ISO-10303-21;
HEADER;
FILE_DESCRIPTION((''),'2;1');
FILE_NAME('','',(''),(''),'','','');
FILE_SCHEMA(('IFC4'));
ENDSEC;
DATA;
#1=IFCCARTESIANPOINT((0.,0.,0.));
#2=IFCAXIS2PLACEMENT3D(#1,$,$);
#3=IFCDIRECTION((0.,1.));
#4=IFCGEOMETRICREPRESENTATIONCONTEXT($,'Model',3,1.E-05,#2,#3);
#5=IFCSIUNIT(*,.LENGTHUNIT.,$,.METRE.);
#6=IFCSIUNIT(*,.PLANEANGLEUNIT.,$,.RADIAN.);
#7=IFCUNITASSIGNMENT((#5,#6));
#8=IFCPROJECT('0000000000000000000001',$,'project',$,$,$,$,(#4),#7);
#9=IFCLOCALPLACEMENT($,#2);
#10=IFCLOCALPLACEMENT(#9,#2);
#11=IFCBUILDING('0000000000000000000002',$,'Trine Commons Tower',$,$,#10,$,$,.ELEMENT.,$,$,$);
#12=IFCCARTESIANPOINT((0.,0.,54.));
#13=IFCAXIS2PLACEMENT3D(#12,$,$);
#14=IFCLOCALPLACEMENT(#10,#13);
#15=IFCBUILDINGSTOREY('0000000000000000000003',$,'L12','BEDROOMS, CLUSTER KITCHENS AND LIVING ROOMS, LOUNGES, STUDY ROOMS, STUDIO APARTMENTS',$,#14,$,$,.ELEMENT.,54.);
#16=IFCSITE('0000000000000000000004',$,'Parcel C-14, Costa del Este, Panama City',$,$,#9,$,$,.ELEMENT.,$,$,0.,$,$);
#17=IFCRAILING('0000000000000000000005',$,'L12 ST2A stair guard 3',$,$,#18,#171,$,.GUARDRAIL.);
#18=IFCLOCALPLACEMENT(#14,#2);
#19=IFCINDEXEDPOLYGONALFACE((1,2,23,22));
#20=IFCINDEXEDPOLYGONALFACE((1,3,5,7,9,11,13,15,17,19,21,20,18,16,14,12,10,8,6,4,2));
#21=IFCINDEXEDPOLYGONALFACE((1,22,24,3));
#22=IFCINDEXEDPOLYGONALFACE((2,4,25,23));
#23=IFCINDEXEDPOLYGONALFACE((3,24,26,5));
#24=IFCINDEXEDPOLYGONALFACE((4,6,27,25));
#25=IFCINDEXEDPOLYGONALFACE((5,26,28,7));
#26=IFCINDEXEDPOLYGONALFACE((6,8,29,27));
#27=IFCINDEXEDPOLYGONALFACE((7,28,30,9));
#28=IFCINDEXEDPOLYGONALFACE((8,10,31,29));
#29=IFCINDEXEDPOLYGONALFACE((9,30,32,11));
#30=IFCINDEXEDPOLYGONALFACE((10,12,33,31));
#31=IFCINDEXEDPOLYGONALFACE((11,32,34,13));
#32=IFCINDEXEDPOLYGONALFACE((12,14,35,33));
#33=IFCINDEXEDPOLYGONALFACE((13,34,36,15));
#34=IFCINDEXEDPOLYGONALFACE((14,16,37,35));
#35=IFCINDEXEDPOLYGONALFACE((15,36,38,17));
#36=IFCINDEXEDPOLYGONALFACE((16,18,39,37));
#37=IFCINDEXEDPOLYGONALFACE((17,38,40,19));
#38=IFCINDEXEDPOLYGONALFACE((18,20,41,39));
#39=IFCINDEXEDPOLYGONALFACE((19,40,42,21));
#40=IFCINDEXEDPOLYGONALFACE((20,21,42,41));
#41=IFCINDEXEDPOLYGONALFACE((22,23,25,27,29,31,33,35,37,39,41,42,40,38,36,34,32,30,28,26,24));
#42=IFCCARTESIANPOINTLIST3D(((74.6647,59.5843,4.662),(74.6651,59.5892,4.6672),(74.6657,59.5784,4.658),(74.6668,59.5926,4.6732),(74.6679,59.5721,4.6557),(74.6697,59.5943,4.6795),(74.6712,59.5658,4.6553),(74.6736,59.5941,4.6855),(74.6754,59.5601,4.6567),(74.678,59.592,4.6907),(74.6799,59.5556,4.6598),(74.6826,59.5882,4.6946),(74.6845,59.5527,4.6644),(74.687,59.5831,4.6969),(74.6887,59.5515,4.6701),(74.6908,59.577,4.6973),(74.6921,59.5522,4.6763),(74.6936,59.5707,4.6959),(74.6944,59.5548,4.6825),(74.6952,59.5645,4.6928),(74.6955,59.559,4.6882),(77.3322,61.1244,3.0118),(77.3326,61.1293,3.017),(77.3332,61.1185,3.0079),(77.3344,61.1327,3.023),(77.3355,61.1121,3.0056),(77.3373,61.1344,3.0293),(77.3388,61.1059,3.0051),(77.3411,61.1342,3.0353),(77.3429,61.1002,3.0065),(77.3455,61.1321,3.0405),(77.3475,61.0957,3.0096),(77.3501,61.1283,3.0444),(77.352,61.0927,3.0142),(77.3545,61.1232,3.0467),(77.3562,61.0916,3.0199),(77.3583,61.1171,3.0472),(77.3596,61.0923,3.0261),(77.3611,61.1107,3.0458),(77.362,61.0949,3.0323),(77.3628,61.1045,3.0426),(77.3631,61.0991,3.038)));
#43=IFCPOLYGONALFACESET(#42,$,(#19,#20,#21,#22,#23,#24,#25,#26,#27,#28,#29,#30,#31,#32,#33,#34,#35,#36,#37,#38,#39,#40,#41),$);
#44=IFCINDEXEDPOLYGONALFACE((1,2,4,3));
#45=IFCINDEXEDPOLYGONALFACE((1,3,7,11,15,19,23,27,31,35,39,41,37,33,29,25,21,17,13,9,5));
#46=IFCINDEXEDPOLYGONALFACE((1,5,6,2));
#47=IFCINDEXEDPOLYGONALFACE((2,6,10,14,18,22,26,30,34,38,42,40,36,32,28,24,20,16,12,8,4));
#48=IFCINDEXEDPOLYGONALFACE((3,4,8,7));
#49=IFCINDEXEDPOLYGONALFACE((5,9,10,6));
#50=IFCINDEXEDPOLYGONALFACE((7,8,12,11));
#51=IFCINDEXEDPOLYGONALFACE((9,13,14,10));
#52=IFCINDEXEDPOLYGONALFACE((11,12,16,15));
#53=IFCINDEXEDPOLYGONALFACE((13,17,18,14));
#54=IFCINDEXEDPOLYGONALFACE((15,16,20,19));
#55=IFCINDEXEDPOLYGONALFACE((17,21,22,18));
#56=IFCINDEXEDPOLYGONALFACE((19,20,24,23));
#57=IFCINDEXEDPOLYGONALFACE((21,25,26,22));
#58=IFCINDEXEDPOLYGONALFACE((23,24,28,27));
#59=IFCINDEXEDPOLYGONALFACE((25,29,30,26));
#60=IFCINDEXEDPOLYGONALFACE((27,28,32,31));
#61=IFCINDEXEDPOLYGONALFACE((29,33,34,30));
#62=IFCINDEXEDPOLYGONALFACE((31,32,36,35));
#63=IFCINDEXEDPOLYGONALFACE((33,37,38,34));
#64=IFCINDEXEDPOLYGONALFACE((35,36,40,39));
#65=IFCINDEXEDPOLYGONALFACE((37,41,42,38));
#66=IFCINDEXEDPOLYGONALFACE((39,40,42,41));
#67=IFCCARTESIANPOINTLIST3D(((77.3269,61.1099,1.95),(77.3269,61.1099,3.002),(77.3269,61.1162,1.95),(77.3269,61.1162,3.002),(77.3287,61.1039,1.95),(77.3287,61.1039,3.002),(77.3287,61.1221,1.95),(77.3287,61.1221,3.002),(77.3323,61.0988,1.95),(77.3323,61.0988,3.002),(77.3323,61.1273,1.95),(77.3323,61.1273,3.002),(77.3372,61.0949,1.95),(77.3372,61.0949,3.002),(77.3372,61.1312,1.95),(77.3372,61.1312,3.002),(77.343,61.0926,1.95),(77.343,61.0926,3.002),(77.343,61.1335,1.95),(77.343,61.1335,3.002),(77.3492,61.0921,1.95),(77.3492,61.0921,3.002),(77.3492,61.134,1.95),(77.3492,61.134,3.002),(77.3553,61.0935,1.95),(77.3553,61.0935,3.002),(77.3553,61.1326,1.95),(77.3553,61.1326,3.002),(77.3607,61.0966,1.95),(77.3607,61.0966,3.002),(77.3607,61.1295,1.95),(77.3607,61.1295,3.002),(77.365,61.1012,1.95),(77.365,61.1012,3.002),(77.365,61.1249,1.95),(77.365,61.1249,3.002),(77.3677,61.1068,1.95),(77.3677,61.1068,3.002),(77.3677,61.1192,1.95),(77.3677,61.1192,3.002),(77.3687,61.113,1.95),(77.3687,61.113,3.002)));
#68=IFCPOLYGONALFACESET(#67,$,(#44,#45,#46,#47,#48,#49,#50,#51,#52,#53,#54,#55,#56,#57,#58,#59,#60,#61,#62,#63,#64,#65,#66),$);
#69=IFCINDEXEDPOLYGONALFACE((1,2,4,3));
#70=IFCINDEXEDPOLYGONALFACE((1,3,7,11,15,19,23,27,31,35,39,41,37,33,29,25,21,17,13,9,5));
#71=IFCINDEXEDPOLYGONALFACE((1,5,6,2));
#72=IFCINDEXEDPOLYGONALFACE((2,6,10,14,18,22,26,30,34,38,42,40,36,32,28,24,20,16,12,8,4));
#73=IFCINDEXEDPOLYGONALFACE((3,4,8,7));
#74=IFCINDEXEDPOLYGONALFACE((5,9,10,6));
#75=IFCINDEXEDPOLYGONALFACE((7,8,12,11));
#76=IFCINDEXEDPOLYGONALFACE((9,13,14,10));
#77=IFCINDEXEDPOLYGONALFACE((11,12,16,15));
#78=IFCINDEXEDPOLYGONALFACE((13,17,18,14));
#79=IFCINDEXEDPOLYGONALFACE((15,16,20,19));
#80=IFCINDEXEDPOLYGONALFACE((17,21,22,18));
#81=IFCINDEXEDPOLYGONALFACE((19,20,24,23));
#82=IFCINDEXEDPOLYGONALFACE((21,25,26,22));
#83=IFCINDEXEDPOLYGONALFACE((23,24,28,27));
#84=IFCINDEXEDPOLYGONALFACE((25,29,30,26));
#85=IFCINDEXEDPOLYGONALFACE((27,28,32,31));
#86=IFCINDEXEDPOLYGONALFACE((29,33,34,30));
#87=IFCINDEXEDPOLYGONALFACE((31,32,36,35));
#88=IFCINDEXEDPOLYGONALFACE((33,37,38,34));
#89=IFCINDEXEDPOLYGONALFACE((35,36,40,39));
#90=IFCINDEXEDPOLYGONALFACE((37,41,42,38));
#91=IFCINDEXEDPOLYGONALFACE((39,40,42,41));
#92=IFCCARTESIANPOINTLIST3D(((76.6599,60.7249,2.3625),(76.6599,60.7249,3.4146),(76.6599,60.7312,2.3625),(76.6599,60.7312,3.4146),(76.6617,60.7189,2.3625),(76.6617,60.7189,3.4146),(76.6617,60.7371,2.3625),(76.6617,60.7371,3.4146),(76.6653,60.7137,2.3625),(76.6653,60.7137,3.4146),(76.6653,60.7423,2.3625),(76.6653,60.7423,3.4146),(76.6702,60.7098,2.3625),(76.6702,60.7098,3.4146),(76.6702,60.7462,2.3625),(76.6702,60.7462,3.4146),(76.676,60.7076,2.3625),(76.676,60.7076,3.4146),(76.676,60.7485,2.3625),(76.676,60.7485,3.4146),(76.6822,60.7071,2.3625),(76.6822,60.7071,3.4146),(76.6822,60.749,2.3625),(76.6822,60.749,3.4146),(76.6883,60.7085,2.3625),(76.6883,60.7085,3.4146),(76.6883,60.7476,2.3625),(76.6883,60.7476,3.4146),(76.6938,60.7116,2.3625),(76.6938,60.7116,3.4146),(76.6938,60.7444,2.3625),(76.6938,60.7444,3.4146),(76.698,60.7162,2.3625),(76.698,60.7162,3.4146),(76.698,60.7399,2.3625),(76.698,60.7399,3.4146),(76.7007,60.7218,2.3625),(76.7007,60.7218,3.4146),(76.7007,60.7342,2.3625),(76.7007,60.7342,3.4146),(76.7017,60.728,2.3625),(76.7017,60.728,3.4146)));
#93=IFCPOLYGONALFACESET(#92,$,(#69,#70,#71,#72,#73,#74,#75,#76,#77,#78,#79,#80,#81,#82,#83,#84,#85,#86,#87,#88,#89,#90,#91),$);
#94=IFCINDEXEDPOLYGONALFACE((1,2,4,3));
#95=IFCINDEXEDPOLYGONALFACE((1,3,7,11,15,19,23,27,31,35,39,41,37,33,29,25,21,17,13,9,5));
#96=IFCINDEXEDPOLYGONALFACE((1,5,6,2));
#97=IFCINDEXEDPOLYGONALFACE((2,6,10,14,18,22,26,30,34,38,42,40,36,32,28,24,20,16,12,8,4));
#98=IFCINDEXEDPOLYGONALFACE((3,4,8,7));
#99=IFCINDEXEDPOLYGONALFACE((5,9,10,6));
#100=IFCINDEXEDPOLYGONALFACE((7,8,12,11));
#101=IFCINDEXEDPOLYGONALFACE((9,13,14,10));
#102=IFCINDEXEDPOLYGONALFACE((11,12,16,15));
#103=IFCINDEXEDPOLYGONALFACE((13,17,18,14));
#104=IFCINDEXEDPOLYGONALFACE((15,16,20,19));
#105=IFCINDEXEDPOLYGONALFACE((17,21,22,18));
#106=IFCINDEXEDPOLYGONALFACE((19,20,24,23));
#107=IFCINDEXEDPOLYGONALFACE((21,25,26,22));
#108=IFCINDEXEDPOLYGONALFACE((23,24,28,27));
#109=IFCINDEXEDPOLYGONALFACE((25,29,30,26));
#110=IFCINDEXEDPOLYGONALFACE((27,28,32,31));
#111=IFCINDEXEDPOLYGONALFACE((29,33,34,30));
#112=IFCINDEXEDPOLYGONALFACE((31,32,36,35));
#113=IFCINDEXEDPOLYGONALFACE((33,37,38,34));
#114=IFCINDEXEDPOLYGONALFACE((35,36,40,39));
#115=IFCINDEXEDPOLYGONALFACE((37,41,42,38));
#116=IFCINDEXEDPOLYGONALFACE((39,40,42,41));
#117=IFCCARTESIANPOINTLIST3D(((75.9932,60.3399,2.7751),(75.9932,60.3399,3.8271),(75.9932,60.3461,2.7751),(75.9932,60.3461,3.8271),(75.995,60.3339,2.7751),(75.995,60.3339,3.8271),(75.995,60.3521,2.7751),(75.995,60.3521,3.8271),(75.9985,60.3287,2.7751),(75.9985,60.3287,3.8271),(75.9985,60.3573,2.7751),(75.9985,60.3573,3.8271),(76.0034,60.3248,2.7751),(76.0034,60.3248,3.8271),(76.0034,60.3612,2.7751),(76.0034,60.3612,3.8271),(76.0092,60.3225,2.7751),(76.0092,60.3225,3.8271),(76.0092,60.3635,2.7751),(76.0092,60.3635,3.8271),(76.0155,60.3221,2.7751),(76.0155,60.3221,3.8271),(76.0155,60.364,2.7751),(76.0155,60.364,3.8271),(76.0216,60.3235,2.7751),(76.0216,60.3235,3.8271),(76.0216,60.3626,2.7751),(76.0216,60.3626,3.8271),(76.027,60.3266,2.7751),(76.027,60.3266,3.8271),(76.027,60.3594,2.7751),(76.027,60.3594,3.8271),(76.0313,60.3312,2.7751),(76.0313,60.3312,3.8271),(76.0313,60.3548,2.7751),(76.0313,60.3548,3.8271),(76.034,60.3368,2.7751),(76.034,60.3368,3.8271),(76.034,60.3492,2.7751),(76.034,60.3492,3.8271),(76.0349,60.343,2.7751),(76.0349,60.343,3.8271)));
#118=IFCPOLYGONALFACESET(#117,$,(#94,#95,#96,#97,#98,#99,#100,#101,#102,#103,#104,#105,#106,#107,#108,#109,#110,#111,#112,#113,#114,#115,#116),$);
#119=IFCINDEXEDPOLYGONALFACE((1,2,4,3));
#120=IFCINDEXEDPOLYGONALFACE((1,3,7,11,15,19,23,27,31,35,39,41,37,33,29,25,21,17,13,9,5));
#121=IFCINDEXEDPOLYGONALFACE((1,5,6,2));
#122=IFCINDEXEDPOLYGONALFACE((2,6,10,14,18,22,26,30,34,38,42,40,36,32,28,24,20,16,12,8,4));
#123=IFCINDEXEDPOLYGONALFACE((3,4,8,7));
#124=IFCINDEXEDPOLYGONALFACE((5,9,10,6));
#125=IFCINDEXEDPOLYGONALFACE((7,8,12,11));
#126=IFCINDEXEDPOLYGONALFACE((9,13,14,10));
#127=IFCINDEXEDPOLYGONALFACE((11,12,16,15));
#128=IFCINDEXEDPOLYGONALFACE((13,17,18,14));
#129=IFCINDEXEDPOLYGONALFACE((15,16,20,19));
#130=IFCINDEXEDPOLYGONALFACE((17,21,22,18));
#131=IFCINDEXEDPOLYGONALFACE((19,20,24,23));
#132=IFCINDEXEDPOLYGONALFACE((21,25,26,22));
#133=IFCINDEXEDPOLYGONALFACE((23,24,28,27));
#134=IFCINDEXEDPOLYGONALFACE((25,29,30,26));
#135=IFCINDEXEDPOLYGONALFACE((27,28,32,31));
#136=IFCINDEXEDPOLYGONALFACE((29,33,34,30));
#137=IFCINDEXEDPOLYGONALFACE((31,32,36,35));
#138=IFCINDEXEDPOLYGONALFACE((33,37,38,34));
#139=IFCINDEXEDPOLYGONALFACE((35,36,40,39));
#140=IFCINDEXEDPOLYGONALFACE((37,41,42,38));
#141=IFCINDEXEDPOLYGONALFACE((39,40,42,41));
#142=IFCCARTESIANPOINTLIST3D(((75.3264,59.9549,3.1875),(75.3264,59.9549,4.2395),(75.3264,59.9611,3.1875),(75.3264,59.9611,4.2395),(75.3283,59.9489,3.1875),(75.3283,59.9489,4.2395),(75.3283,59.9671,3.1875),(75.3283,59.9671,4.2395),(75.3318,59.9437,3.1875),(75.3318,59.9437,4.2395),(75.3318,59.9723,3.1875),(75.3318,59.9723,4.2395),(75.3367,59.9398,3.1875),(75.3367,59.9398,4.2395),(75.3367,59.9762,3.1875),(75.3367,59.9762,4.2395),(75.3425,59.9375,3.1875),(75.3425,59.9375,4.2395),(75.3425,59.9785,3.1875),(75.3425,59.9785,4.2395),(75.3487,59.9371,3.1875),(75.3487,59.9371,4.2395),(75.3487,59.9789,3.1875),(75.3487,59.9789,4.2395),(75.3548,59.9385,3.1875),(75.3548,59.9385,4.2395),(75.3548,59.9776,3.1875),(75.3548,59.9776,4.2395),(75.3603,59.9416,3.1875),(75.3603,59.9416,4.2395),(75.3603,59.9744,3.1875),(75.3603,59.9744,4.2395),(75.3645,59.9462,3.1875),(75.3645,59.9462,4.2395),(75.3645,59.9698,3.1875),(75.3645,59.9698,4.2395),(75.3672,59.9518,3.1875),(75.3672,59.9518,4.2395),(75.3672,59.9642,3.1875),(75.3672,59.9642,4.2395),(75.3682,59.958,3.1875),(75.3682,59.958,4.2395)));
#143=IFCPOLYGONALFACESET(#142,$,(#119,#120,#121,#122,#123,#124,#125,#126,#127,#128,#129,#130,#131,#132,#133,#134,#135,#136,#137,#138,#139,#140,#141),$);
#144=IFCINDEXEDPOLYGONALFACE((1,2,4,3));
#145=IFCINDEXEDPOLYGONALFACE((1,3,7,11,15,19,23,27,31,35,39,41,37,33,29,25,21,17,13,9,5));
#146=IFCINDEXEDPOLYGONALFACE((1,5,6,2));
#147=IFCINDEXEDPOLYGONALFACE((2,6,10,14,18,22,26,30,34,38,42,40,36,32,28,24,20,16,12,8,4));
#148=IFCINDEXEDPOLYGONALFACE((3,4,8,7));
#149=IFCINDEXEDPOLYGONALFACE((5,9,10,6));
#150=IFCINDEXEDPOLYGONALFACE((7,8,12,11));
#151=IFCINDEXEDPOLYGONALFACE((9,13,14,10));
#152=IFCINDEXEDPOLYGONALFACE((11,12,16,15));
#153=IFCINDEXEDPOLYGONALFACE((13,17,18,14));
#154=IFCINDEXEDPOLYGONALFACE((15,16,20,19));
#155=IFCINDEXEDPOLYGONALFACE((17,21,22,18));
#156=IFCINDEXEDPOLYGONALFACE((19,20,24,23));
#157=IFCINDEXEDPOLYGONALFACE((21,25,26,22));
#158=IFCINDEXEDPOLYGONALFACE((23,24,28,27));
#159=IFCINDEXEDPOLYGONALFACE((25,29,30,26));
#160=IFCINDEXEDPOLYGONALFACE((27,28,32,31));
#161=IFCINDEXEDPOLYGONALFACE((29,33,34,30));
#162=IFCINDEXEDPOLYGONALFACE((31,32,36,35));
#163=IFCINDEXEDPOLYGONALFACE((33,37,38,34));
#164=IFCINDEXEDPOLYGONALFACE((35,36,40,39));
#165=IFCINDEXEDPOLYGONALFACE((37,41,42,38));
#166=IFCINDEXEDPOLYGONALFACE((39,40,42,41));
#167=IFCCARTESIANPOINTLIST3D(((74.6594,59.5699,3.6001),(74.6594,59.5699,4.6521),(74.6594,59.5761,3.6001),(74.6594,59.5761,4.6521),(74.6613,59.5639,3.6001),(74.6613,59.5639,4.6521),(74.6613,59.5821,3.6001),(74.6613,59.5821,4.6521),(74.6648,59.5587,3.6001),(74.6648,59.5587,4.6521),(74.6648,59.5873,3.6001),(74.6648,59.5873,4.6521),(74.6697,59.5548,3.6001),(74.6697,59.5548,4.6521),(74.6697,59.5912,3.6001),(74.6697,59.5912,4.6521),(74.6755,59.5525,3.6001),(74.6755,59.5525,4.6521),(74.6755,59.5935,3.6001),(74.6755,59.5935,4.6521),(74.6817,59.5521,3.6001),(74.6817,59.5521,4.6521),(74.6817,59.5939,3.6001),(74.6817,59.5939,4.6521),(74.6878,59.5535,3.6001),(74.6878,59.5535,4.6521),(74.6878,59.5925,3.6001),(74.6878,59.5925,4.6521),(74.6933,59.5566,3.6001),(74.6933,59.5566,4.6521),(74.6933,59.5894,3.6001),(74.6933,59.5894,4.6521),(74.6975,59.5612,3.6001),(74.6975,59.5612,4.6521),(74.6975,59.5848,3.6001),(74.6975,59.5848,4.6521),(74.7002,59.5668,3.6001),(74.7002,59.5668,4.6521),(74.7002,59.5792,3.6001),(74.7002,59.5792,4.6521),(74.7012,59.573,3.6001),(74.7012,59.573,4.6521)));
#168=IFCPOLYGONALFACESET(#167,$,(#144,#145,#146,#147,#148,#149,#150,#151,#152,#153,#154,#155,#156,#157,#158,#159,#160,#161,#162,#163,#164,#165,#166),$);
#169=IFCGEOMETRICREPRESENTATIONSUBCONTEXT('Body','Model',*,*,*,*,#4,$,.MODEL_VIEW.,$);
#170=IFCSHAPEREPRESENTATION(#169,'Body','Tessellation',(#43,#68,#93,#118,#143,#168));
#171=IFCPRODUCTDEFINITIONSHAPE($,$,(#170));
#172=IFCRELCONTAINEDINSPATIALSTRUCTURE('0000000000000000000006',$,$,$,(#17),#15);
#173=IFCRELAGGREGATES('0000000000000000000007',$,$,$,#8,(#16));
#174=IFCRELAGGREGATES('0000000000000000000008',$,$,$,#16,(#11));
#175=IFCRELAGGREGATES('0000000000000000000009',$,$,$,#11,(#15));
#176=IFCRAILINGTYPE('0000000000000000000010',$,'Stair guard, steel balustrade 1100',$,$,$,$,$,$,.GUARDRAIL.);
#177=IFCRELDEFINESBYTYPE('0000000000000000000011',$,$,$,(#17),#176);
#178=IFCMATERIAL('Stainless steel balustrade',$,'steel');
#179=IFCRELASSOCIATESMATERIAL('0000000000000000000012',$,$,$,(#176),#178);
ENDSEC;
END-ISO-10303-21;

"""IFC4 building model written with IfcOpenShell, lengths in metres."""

from ifc_helpers import new_model, si_unit, direction, frame, origin, origin_2d, place, context, subcontext, project, spatial, circle, extrude, material, type_object, element, save


model = new_model("IFC4")

# Units and contexts
model_context = context("Model", 3, precision=1e-05, world=origin(), true_north=direction((0.0, 1.0)))
body_context = subcontext(model_context, "Body", "Model", "MODEL_VIEW")
ifc_project = project(units=[si_unit("LENGTHUNIT", "METRE"), si_unit("PLANEANGLEUNIT", "RADIAN")], contexts=[model_context])

# Site, building, storey
site_placement = place(None, origin())
site = spatial("IfcSite", under=ifc_project, at=site_placement, Name="Parcel C-14, Costa del Este, Panama City", CompositionType="ELEMENT", RefElevation=0.0)
building_placement = place(site_placement, origin())
building = spatial("IfcBuilding", under=site, at=building_placement, Name="Trine Commons Tower", CompositionType="ELEMENT")
storey_placement = place(building_placement, frame((0.0, 0.0, 54.0)))
storey = spatial("IfcBuildingStorey", under=building, at=storey_placement, Name="L12", Description="BEDROOMS, CLUSTER KITCHENS AND LIVING ROOMS, LOUNGES, STUDY ROOMS, STUDIO APARTMENTS", CompositionType="ELEMENT", Elevation=54.0)

# Railing
ifc_material_1 = material(Name="Stainless steel balustrade", Category="steel")
railing_type_1 = type_object("IfcRailingType", Name="Stair guard, steel balustrade 1100", PredefinedType="GUARDRAIL", material=ifc_material_1)
railing_1_placement = place(storey_placement, frame((77.3477, 61.113, 1.95)))
element("IfcRailing", 1, at=railing_1_placement, inside=storey, type_object=railing_type_1, Name="L12 ST2A stair guard 3", PredefinedType="GUARDRAIL", context=body_context, shape_type="SweptSolid", body=[
    extrude(circle(Radius=0.0239, at=origin_2d()), frame((0.0, 0.0, 1.0762), z_axis=(-0.76338, -0.440728, 0.472239), x_axis=(0.499992, -0.86603, 0.0)), (0.0, 0.0, 1.0), 3.4944),
    extrude(circle(Radius=0.021, at=origin_2d()), origin(), (0.0, 0.0, 1.0), 1.052),
    extrude(circle(Radius=0.021, at=origin_2d()), frame((-0.667, -0.385, 0.4126)), (0.0, 0.0, 1.0), 1.052),
    extrude(circle(Radius=0.021, at=origin_2d()), frame((-1.3337, -0.77, 0.8252)), (0.0, 0.0, 1.0), 1.052),
    extrude(circle(Radius=0.021, at=origin_2d()), frame((-2.0005, -1.155, 1.2375)), (0.0, 0.0, 1.0), 1.052),
    extrude(circle(Radius=0.021, at=origin_2d()), frame((-2.6675, -1.54, 1.6501)), (0.0, 0.0, 1.0), 1.052),
])

save(model, "model.ifc")
